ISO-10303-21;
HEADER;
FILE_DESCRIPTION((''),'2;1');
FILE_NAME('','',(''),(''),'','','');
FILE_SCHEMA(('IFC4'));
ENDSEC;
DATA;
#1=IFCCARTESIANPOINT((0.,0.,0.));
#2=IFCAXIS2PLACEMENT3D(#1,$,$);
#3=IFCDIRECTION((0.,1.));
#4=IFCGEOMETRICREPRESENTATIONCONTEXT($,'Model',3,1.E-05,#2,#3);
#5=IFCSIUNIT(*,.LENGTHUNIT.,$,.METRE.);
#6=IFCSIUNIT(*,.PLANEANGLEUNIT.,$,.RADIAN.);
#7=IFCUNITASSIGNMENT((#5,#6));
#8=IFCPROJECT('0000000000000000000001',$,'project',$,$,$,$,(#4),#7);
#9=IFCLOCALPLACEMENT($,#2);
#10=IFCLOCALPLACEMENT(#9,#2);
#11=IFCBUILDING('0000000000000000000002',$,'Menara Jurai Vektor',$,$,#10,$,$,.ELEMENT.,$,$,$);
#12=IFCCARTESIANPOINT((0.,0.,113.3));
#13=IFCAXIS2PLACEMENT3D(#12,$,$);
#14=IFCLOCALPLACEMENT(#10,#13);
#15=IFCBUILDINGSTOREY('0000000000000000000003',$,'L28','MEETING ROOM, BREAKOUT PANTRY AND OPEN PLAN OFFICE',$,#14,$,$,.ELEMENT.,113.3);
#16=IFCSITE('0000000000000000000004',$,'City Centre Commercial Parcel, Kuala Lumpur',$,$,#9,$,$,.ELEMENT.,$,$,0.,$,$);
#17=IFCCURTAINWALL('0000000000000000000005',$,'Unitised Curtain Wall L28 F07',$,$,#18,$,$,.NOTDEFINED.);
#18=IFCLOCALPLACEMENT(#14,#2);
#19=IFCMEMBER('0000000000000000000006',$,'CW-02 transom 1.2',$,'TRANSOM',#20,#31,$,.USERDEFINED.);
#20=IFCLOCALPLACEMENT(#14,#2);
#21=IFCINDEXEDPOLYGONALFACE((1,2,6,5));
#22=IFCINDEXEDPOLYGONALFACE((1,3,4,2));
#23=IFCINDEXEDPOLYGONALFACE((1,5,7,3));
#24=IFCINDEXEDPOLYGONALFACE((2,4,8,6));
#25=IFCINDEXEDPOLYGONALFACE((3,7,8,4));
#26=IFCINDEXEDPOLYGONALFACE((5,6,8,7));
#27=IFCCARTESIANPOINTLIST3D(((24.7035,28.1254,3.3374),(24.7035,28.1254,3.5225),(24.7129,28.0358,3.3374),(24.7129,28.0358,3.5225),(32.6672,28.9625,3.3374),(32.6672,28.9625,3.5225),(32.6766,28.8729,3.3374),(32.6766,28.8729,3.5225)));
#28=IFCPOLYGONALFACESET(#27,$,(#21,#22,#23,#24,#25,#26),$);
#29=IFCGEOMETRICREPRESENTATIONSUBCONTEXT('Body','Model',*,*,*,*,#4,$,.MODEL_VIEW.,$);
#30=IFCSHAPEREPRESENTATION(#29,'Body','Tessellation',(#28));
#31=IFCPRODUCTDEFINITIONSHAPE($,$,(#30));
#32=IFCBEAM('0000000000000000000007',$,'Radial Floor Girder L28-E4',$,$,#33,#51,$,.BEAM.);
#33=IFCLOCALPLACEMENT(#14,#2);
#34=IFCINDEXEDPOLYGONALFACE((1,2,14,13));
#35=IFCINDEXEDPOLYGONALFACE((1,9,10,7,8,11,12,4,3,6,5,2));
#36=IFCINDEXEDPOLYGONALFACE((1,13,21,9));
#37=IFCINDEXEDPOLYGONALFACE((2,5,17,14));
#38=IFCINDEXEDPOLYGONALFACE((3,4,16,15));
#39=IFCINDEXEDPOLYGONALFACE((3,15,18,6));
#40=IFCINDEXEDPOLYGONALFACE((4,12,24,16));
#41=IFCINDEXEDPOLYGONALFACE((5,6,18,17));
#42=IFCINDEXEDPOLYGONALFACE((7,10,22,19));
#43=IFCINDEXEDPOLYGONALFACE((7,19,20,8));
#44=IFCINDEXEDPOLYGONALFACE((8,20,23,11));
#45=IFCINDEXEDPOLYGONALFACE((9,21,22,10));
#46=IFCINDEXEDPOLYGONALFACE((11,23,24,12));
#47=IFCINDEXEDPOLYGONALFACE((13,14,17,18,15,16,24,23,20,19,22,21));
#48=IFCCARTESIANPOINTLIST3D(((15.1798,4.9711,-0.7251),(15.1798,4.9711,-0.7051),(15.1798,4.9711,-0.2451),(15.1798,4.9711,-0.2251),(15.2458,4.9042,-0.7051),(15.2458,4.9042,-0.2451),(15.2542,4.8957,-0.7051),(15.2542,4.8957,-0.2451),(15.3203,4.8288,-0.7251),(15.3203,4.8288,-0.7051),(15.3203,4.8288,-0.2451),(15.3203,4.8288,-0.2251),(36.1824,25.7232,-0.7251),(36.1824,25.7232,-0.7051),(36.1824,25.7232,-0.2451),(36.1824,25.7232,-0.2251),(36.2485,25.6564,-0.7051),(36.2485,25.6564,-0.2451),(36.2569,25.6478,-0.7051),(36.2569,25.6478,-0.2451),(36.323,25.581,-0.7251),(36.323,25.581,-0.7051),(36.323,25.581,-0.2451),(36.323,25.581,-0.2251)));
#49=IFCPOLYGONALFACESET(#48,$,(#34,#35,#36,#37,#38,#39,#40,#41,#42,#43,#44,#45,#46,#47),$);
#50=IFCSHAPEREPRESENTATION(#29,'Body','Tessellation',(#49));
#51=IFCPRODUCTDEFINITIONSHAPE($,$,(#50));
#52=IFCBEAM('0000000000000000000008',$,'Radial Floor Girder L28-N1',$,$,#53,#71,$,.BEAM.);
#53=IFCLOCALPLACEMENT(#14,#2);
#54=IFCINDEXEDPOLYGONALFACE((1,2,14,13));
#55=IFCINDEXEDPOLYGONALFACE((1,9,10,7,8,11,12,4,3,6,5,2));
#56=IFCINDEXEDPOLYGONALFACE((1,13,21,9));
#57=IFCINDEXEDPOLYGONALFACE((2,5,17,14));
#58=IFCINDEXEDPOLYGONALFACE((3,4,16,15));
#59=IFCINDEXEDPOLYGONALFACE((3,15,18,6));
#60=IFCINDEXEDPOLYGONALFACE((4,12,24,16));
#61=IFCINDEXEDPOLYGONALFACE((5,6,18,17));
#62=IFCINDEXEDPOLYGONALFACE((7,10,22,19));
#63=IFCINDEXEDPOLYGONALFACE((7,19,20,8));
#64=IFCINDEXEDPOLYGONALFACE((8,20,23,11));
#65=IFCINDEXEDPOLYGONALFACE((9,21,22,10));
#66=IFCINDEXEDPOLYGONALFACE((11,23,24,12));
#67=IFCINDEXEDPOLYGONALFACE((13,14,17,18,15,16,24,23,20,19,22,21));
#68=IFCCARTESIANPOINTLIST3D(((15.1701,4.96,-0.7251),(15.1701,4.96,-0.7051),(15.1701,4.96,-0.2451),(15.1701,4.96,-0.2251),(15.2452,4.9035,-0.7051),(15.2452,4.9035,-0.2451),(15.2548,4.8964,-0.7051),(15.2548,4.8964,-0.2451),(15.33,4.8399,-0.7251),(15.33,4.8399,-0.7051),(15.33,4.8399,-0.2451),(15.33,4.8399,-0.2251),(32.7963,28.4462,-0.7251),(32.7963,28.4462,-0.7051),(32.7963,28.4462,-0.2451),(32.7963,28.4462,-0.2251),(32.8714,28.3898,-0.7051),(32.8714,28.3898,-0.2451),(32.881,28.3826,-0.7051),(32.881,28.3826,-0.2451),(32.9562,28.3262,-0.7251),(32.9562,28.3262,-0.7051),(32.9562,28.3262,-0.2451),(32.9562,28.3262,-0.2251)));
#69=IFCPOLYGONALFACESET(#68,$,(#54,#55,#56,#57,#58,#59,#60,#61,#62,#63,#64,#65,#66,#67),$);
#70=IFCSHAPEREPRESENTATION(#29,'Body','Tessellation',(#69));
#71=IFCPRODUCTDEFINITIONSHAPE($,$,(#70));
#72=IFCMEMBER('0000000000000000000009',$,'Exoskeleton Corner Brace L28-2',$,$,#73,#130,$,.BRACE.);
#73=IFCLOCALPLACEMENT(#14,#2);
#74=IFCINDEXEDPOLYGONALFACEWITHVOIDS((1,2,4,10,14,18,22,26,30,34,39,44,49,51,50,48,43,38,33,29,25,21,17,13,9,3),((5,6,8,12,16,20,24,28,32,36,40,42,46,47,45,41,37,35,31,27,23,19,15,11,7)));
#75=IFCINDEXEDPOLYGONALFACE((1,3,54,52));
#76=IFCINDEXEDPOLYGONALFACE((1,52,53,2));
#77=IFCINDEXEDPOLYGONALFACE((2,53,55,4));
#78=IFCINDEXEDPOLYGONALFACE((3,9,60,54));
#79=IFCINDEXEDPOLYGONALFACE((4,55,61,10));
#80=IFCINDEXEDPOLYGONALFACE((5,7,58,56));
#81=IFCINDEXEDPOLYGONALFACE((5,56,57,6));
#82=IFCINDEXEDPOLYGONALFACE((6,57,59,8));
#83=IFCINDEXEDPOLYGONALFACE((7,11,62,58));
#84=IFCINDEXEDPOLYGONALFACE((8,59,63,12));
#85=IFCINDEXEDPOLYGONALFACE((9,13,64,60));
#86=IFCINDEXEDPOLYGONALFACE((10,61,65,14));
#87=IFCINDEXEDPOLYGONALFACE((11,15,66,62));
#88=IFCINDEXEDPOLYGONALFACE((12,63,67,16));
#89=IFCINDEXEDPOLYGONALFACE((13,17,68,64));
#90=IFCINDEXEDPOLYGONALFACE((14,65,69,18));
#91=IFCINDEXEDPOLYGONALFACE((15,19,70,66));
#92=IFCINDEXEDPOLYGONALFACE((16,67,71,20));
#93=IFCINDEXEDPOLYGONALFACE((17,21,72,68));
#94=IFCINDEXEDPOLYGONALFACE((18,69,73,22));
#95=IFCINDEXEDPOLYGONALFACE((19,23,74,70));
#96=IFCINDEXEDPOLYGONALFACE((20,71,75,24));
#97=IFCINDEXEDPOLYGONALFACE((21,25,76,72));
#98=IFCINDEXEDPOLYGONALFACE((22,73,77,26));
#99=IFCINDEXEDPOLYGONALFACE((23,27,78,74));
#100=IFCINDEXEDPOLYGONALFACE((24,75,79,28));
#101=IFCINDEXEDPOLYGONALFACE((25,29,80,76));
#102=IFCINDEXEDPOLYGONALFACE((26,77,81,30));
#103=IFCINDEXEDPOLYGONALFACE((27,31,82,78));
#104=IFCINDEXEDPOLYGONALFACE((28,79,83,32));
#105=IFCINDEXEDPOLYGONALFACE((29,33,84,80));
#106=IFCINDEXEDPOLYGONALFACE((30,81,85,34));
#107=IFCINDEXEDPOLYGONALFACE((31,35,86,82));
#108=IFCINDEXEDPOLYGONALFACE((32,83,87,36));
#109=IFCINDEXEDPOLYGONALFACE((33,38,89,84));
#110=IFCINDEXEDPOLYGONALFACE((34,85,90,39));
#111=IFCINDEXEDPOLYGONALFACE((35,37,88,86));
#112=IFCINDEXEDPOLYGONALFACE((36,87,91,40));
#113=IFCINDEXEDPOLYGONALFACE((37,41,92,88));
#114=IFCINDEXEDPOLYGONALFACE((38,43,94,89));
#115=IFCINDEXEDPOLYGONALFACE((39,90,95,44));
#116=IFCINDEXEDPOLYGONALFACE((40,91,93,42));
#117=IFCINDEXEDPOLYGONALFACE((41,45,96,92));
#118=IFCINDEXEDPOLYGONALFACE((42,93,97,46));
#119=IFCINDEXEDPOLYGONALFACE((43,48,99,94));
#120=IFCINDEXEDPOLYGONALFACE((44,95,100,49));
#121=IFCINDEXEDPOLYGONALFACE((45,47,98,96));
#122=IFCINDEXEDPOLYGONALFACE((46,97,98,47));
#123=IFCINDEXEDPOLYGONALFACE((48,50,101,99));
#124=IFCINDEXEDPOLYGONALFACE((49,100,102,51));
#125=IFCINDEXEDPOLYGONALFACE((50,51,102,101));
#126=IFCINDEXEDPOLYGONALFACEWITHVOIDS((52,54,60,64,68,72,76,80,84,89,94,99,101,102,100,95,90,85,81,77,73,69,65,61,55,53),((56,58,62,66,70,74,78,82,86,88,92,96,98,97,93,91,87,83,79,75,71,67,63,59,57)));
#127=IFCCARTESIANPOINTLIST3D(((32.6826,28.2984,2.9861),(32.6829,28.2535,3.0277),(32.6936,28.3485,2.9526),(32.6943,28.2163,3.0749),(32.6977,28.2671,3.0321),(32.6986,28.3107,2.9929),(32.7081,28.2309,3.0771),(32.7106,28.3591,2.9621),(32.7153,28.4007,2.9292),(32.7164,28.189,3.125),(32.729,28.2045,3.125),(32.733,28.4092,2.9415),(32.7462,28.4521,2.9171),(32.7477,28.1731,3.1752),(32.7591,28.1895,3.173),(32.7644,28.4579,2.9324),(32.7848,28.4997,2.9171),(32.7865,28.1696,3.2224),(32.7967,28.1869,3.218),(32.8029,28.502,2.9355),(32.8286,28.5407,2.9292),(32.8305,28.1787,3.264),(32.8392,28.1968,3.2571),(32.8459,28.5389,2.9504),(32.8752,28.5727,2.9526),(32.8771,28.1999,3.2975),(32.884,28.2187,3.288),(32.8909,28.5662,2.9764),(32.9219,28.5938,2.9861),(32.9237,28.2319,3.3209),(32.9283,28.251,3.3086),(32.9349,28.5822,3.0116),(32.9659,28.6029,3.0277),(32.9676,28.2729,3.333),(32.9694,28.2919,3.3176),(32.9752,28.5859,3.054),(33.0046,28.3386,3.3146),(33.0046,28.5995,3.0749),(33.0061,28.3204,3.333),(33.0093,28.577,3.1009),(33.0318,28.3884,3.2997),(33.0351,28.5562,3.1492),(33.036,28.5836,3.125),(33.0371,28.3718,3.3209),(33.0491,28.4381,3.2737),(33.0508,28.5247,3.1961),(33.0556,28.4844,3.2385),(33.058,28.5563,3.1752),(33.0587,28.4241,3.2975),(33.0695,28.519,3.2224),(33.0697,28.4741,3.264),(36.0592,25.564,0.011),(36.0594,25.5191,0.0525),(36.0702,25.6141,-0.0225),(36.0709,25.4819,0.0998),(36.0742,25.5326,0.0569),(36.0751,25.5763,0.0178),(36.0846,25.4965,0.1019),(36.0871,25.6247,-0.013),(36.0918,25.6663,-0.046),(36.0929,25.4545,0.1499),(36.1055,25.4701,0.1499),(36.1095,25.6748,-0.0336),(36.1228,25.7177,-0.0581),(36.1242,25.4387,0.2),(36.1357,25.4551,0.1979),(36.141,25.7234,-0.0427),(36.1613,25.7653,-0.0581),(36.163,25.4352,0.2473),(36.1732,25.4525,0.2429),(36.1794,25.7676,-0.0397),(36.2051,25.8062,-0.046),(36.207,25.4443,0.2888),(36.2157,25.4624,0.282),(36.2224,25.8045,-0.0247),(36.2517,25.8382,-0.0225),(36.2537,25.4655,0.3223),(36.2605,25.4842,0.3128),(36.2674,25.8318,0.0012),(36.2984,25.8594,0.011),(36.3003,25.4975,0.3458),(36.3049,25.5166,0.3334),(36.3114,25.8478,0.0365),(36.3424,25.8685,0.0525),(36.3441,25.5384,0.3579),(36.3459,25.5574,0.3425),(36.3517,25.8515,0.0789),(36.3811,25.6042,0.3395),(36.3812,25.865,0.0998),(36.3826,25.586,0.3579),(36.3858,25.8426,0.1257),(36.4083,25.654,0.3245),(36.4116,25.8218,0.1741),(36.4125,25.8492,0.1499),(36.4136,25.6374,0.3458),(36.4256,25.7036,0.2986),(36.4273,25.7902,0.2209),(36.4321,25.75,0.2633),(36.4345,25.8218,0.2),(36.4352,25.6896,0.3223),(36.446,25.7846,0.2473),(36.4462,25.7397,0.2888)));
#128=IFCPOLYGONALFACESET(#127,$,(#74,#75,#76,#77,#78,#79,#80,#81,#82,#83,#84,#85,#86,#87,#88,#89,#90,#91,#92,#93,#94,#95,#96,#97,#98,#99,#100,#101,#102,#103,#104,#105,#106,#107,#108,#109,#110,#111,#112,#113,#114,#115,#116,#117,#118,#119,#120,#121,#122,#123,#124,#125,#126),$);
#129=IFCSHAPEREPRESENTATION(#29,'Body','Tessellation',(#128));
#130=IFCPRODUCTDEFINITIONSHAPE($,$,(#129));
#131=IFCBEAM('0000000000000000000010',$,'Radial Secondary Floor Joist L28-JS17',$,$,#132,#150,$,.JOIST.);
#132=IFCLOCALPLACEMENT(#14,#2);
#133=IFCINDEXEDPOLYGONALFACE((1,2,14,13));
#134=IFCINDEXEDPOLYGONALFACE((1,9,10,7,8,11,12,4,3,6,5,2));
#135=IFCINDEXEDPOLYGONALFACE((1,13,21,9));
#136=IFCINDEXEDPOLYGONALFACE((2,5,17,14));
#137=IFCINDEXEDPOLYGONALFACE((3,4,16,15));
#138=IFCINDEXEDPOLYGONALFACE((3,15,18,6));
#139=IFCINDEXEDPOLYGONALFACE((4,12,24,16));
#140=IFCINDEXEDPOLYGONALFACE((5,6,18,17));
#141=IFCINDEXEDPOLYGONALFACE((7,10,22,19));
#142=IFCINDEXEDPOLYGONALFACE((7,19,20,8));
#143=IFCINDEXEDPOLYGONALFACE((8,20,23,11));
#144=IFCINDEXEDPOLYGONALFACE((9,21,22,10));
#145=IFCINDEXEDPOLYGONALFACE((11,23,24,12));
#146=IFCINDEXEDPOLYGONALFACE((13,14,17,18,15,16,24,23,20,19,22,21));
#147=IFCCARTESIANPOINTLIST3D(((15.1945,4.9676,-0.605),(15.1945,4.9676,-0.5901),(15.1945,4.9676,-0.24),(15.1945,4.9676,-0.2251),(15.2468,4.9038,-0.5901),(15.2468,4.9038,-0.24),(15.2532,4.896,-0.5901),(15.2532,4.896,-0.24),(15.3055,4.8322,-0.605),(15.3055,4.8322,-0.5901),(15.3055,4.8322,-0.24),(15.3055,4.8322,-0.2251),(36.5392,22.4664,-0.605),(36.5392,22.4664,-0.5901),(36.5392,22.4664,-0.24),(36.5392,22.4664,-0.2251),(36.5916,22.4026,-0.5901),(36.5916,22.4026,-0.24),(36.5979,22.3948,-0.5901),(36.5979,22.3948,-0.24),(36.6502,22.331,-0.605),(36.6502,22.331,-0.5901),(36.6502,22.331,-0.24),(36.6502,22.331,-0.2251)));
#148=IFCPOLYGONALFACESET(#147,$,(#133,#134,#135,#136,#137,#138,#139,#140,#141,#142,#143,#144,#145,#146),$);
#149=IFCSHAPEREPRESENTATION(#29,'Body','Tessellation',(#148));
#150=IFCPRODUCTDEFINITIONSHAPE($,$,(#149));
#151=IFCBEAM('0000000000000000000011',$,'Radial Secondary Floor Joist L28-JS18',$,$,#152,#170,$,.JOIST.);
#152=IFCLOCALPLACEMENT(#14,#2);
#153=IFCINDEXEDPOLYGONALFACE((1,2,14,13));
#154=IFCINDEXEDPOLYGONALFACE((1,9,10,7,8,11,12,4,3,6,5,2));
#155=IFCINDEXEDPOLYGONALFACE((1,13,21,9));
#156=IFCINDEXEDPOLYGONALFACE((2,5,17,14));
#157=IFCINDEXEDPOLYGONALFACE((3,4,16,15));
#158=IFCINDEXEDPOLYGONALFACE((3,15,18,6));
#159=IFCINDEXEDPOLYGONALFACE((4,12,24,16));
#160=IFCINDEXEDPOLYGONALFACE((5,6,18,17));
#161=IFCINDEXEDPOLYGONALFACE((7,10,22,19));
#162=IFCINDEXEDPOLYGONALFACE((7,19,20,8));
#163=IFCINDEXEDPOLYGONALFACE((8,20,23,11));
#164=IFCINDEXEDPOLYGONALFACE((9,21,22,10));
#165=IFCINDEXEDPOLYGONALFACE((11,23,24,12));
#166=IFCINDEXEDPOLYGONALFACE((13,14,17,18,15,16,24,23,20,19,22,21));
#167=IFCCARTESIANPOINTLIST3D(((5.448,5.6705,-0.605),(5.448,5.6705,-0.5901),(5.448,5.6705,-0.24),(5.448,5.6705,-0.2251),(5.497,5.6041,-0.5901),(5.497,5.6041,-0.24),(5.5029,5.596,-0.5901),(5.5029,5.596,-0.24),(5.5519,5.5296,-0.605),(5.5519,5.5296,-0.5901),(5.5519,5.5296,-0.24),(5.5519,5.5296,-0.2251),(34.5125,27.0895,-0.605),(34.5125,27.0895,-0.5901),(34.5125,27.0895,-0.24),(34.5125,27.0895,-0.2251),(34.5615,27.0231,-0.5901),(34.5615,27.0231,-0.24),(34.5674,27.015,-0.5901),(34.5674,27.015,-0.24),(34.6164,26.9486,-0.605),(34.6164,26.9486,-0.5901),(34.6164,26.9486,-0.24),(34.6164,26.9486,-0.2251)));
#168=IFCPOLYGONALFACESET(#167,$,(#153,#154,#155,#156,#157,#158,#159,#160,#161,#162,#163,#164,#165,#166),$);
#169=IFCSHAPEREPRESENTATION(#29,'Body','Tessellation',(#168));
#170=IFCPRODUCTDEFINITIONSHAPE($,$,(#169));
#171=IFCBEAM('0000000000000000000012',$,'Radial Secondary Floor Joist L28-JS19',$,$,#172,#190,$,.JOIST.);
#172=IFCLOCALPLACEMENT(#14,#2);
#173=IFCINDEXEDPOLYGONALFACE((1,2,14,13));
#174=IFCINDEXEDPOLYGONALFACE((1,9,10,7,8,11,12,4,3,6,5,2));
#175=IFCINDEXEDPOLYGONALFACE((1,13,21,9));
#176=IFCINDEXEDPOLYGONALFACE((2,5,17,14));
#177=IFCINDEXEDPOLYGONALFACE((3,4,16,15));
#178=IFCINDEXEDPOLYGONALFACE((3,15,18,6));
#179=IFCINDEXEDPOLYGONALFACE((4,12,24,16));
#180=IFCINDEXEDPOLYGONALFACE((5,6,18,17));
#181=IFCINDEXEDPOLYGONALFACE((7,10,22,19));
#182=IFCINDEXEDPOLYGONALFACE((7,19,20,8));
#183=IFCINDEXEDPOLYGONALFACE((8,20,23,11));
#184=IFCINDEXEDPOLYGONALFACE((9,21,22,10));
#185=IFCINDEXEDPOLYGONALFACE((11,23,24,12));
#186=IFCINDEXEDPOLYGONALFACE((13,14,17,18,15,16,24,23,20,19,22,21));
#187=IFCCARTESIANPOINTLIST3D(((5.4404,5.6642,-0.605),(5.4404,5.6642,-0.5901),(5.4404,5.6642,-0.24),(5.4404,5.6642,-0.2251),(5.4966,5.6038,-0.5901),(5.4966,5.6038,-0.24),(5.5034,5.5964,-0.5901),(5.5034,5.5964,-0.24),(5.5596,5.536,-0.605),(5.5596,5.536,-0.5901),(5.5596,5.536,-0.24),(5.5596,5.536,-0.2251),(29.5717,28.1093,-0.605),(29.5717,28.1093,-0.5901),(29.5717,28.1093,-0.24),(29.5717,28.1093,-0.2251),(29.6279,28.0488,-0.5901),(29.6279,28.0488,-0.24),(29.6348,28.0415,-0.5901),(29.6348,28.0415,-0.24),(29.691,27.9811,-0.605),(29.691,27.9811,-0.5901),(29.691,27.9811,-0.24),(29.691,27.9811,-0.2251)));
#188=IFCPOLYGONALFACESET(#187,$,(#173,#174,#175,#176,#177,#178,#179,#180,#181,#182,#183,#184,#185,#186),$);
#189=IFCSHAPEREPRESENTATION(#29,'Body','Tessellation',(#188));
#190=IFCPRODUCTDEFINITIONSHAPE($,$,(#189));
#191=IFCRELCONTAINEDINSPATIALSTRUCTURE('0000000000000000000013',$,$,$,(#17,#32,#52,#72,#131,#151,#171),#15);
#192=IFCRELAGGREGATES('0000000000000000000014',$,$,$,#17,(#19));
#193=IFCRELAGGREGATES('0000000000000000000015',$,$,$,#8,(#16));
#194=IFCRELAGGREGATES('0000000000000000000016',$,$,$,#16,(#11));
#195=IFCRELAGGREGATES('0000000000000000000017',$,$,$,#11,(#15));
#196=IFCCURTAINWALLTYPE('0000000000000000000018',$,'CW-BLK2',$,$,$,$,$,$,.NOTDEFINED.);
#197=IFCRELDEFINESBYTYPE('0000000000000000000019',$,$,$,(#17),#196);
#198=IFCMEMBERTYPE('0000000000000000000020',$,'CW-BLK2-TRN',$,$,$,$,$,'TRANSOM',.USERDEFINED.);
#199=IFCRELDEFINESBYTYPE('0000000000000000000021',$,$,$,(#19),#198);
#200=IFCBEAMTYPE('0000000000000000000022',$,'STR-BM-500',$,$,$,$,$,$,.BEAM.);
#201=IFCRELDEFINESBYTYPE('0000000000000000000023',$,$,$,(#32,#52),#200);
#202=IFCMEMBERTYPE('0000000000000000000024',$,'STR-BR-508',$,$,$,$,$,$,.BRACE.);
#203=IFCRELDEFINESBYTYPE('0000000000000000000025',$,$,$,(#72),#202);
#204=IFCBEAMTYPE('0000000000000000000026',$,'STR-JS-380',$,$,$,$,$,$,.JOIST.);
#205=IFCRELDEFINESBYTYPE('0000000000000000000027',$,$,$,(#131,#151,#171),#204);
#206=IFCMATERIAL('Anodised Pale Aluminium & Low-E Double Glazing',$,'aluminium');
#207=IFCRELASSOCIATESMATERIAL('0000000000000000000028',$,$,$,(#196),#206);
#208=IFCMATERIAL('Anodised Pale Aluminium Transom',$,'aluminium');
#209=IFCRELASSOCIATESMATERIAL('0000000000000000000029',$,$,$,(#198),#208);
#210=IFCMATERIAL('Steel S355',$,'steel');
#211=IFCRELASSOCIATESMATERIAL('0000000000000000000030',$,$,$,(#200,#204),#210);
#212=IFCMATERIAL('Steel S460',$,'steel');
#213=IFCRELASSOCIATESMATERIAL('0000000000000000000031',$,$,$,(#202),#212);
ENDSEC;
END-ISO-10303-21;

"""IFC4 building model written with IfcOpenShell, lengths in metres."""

from ifc_helpers import new_model, si_unit, direction, frame, origin, origin_2d, place, context, subcontext, project, spatial, rectangle, hollow_circle, i_section, extrude, material, material_profile, profile_set, type_object, element, aggregate, save


model = new_model("IFC4")

# Units and contexts
model_context = context("Model", 3, precision=1e-05, world=origin(), true_north=direction((0.0, 1.0)))
body_context = subcontext(model_context, "Body", "Model", "MODEL_VIEW")
ifc_project = project(units=[si_unit("LENGTHUNIT", "METRE"), si_unit("PLANEANGLEUNIT", "RADIAN")], contexts=[model_context])

# Site, building, storey
site_placement = place(None, origin())
site = spatial("IfcSite", under=ifc_project, at=site_placement, Name="City Centre Commercial Parcel, Kuala Lumpur", CompositionType="ELEMENT", RefElevation=0.0)
building_placement = place(site_placement, origin())
building = spatial("IfcBuilding", under=site, at=building_placement, Name="Menara Jurai Vektor", CompositionType="ELEMENT")
storey_placement = place(building_placement, frame((0.0, 0.0, 113.3)))
storey = spatial("IfcBuildingStorey", under=building, at=storey_placement, Name="L28", Description="MEETING ROOM, BREAKOUT PANTRY AND OPEN PLAN OFFICE", CompositionType="ELEMENT", Elevation=113.3)

# Shared definitions
ifc_material_1 = material(Name="Steel S460", Category="steel")

# Shared definitions
ifc_material_2 = material(Name="Anodised Pale Aluminium & Low-E Double Glazing", Category="aluminium")
curtain_wall_type = type_object("IfcCurtainWallType", Name="CW-BLK2", PredefinedType="NOTDEFINED", material=ifc_material_2)

# Curtain wall
curtain_wall_1_placement = place(storey_placement, origin())
curtain_wall_1 = element("IfcCurtainWall", 1, at=curtain_wall_1_placement, inside=storey, type_object=curtain_wall_type, Name="Unitised Curtain Wall L28 F07", PredefinedType="NOTDEFINED")

# Member
ifc_material_3 = material(Name="Anodised Pale Aluminium Transom", Category="aluminium")
ifc_material_profile_1 = material_profile(ifc_material_3, rectangle(XDim=0.0901, YDim=0.1851, at=origin_2d()), Name="ALU TRN 90x185")
ifc_profile_set_1 = profile_set([ifc_material_profile_1], Name="Anodised Pale Aluminium Transom")
member_type_1 = type_object("IfcMemberType", Name="CW-BLK2-TRN", ElementType="TRANSOM", PredefinedType="USERDEFINED", material=ifc_profile_set_1)
member_1_placement = place(storey_placement, frame((32.6719, 28.9177, 3.4299), z_axis=(-0.99452, -0.104547, 0.0), x_axis=(0.104547, -0.99452, 0.0)))
member_1 = element("IfcMember", 2, at=member_1_placement, type_object=member_type_1, Name="CW-02 transom 1.2", ObjectType="TRANSOM", PredefinedType="USERDEFINED", context=body_context, shape_type="SweptSolid", body=[
    extrude(rectangle(XDim=0.0901, YDim=0.1851, at=origin_2d()), origin(), (0.0, 0.0, 1.0), 8.0076),
])

# Beams
ifc_material_4 = material(Name="Steel S355", Category="steel")
ifc_material_profile_2 = material_profile(ifc_material_4, i_section(OverallWidth=0.2, OverallDepth=0.5, WebThickness=0.012, FlangeThickness=0.02, at=origin_2d()), Name="PG 500x200x96")
ifc_profile_set_2 = profile_set([ifc_material_profile_2], Name="Steel S355")
beam_type_1 = type_object("IfcBeamType", Name="STR-BM-500", PredefinedType="BEAM", material=ifc_profile_set_2)
beam_1_placement = place(storey_placement, frame((36.2527, 25.6521, -0.4751), z_axis=(-0.711336, -0.702852, 0.0), x_axis=(0.702852, -0.711336, 0.0)))
element("IfcBeam", 3, at=beam_1_placement, inside=storey, type_object=beam_type_1, Name="Radial Floor Girder L28-E4", PredefinedType="BEAM", context=body_context, shape_type="SweptSolid", body=[
    extrude(i_section(OverallWidth=0.2, OverallDepth=0.5, WebThickness=0.012, FlangeThickness=0.02, at=origin_2d()), origin(), (0.0, 0.0, 1.0), 29.5256),
])
beam_2_placement = place(storey_placement, frame((32.8762, 28.3862, -0.4751), z_axis=(-0.60025, -0.799812, 0.0), x_axis=(0.799812, -0.60025, 0.0)))
element("IfcBeam", 4, at=beam_2_placement, inside=storey, type_object=beam_type_1, Name="Radial Floor Girder L28-N1", PredefinedType="BEAM", context=body_context, shape_type="SweptSolid", body=[
    extrude(i_section(OverallWidth=0.2, OverallDepth=0.5, WebThickness=0.012, FlangeThickness=0.02, at=origin_2d()), origin(), (0.0, 0.0, 1.0), 29.3647),
])

# Member
ifc_material_profile_3 = material_profile(ifc_material_1, hollow_circle(Radius=0.2539, WallThickness=0.02, at=origin_2d()), Name="CHS 508x20")
ifc_profile_set_3 = profile_set([ifc_material_profile_3], Name="Steel S460")
member_type_2 = type_object("IfcMemberType", Name="STR-BR-508", PredefinedType="BRACE", material=ifc_profile_set_3)
member_2_placement = place(storey_placement, frame((36.2527, 25.6519, 0.1499), z_axis=(-0.641208, 0.519272, 0.564986), x_axis=(-0.629344, -0.777127, 0.0)))
element("IfcMember", 5, at=member_2_placement, inside=storey, type_object=member_type_2, Name="Exoskeleton Corner Brace L28-2", PredefinedType="BRACE", context=body_context, shape_type="SweptSolid", body=[
    extrude(hollow_circle(Radius=0.2539, WallThickness=0.02, at=origin_2d()), origin(), (0.0, 0.0, 1.0), 5.2659),
])

# Beams
ifc_material_profile_4 = material_profile(ifc_material_4, i_section(OverallWidth=0.175, OverallDepth=0.3799, WebThickness=0.01, FlangeThickness=0.0149, at=origin_2d()), Name="PG 380x175x58")
ifc_profile_set_4 = profile_set([ifc_material_profile_4], Name="Steel S355")
beam_type_2 = type_object("IfcBeamType", Name="STR-JS-380", PredefinedType="JOIST", material=ifc_profile_set_4)
beam_3_placement = place(storey_placement, frame((36.5947, 22.3987, -0.415), z_axis=(-0.773337, -0.633995, 0.0), x_axis=(0.633995, -0.773337, 0.0)))
element("IfcBeam", 6, at=beam_3_placement, inside=storey, type_object=beam_type_2, Name="Radial Secondary Floor Joist L28-JS17", PredefinedType="JOIST", context=body_context, shape_type="SweptSolid", body=[
    extrude(i_section(OverallWidth=0.175, OverallDepth=0.3799, WebThickness=0.01, FlangeThickness=0.0149, at=origin_2d()), origin(), (0.0, 0.0, 1.0), 27.6008),
])
beam_4_placement = place(storey_placement, frame((34.5645, 27.019, -0.415), z_axis=(-0.805016, -0.593253, 0.0), x_axis=(0.593253, -0.805016, 0.0)))
element("IfcBeam", 7, at=beam_4_placement, inside=storey, type_object=beam_type_2, Name="Radial Secondary Floor Joist L28-JS18", PredefinedType="JOIST", context=body_context, shape_type="SweptSolid", body=[
    extrude(i_section(OverallWidth=0.175, OverallDepth=0.3799, WebThickness=0.01, FlangeThickness=0.0149, at=origin_2d()), origin(), (0.0, 0.0, 1.0), 36.1042),
])
beam_5_placement = place(storey_placement, frame((29.6313, 28.0452, -0.415), z_axis=(-0.732228, -0.68106, 0.0), x_axis=(0.68106, -0.732228, 0.0)))
element("IfcBeam", 8, at=beam_5_placement, inside=storey, type_object=beam_type_2, Name="Radial Secondary Floor Joist L28-JS19", PredefinedType="JOIST", context=body_context, shape_type="SweptSolid", body=[
    extrude(i_section(OverallWidth=0.175, OverallDepth=0.3799, WebThickness=0.01, FlangeThickness=0.0149, at=origin_2d()), origin(), (0.0, 0.0, 1.0), 32.9561),
])

aggregate(curtain_wall_1, [member_1])

save(model, "model.ifc")
